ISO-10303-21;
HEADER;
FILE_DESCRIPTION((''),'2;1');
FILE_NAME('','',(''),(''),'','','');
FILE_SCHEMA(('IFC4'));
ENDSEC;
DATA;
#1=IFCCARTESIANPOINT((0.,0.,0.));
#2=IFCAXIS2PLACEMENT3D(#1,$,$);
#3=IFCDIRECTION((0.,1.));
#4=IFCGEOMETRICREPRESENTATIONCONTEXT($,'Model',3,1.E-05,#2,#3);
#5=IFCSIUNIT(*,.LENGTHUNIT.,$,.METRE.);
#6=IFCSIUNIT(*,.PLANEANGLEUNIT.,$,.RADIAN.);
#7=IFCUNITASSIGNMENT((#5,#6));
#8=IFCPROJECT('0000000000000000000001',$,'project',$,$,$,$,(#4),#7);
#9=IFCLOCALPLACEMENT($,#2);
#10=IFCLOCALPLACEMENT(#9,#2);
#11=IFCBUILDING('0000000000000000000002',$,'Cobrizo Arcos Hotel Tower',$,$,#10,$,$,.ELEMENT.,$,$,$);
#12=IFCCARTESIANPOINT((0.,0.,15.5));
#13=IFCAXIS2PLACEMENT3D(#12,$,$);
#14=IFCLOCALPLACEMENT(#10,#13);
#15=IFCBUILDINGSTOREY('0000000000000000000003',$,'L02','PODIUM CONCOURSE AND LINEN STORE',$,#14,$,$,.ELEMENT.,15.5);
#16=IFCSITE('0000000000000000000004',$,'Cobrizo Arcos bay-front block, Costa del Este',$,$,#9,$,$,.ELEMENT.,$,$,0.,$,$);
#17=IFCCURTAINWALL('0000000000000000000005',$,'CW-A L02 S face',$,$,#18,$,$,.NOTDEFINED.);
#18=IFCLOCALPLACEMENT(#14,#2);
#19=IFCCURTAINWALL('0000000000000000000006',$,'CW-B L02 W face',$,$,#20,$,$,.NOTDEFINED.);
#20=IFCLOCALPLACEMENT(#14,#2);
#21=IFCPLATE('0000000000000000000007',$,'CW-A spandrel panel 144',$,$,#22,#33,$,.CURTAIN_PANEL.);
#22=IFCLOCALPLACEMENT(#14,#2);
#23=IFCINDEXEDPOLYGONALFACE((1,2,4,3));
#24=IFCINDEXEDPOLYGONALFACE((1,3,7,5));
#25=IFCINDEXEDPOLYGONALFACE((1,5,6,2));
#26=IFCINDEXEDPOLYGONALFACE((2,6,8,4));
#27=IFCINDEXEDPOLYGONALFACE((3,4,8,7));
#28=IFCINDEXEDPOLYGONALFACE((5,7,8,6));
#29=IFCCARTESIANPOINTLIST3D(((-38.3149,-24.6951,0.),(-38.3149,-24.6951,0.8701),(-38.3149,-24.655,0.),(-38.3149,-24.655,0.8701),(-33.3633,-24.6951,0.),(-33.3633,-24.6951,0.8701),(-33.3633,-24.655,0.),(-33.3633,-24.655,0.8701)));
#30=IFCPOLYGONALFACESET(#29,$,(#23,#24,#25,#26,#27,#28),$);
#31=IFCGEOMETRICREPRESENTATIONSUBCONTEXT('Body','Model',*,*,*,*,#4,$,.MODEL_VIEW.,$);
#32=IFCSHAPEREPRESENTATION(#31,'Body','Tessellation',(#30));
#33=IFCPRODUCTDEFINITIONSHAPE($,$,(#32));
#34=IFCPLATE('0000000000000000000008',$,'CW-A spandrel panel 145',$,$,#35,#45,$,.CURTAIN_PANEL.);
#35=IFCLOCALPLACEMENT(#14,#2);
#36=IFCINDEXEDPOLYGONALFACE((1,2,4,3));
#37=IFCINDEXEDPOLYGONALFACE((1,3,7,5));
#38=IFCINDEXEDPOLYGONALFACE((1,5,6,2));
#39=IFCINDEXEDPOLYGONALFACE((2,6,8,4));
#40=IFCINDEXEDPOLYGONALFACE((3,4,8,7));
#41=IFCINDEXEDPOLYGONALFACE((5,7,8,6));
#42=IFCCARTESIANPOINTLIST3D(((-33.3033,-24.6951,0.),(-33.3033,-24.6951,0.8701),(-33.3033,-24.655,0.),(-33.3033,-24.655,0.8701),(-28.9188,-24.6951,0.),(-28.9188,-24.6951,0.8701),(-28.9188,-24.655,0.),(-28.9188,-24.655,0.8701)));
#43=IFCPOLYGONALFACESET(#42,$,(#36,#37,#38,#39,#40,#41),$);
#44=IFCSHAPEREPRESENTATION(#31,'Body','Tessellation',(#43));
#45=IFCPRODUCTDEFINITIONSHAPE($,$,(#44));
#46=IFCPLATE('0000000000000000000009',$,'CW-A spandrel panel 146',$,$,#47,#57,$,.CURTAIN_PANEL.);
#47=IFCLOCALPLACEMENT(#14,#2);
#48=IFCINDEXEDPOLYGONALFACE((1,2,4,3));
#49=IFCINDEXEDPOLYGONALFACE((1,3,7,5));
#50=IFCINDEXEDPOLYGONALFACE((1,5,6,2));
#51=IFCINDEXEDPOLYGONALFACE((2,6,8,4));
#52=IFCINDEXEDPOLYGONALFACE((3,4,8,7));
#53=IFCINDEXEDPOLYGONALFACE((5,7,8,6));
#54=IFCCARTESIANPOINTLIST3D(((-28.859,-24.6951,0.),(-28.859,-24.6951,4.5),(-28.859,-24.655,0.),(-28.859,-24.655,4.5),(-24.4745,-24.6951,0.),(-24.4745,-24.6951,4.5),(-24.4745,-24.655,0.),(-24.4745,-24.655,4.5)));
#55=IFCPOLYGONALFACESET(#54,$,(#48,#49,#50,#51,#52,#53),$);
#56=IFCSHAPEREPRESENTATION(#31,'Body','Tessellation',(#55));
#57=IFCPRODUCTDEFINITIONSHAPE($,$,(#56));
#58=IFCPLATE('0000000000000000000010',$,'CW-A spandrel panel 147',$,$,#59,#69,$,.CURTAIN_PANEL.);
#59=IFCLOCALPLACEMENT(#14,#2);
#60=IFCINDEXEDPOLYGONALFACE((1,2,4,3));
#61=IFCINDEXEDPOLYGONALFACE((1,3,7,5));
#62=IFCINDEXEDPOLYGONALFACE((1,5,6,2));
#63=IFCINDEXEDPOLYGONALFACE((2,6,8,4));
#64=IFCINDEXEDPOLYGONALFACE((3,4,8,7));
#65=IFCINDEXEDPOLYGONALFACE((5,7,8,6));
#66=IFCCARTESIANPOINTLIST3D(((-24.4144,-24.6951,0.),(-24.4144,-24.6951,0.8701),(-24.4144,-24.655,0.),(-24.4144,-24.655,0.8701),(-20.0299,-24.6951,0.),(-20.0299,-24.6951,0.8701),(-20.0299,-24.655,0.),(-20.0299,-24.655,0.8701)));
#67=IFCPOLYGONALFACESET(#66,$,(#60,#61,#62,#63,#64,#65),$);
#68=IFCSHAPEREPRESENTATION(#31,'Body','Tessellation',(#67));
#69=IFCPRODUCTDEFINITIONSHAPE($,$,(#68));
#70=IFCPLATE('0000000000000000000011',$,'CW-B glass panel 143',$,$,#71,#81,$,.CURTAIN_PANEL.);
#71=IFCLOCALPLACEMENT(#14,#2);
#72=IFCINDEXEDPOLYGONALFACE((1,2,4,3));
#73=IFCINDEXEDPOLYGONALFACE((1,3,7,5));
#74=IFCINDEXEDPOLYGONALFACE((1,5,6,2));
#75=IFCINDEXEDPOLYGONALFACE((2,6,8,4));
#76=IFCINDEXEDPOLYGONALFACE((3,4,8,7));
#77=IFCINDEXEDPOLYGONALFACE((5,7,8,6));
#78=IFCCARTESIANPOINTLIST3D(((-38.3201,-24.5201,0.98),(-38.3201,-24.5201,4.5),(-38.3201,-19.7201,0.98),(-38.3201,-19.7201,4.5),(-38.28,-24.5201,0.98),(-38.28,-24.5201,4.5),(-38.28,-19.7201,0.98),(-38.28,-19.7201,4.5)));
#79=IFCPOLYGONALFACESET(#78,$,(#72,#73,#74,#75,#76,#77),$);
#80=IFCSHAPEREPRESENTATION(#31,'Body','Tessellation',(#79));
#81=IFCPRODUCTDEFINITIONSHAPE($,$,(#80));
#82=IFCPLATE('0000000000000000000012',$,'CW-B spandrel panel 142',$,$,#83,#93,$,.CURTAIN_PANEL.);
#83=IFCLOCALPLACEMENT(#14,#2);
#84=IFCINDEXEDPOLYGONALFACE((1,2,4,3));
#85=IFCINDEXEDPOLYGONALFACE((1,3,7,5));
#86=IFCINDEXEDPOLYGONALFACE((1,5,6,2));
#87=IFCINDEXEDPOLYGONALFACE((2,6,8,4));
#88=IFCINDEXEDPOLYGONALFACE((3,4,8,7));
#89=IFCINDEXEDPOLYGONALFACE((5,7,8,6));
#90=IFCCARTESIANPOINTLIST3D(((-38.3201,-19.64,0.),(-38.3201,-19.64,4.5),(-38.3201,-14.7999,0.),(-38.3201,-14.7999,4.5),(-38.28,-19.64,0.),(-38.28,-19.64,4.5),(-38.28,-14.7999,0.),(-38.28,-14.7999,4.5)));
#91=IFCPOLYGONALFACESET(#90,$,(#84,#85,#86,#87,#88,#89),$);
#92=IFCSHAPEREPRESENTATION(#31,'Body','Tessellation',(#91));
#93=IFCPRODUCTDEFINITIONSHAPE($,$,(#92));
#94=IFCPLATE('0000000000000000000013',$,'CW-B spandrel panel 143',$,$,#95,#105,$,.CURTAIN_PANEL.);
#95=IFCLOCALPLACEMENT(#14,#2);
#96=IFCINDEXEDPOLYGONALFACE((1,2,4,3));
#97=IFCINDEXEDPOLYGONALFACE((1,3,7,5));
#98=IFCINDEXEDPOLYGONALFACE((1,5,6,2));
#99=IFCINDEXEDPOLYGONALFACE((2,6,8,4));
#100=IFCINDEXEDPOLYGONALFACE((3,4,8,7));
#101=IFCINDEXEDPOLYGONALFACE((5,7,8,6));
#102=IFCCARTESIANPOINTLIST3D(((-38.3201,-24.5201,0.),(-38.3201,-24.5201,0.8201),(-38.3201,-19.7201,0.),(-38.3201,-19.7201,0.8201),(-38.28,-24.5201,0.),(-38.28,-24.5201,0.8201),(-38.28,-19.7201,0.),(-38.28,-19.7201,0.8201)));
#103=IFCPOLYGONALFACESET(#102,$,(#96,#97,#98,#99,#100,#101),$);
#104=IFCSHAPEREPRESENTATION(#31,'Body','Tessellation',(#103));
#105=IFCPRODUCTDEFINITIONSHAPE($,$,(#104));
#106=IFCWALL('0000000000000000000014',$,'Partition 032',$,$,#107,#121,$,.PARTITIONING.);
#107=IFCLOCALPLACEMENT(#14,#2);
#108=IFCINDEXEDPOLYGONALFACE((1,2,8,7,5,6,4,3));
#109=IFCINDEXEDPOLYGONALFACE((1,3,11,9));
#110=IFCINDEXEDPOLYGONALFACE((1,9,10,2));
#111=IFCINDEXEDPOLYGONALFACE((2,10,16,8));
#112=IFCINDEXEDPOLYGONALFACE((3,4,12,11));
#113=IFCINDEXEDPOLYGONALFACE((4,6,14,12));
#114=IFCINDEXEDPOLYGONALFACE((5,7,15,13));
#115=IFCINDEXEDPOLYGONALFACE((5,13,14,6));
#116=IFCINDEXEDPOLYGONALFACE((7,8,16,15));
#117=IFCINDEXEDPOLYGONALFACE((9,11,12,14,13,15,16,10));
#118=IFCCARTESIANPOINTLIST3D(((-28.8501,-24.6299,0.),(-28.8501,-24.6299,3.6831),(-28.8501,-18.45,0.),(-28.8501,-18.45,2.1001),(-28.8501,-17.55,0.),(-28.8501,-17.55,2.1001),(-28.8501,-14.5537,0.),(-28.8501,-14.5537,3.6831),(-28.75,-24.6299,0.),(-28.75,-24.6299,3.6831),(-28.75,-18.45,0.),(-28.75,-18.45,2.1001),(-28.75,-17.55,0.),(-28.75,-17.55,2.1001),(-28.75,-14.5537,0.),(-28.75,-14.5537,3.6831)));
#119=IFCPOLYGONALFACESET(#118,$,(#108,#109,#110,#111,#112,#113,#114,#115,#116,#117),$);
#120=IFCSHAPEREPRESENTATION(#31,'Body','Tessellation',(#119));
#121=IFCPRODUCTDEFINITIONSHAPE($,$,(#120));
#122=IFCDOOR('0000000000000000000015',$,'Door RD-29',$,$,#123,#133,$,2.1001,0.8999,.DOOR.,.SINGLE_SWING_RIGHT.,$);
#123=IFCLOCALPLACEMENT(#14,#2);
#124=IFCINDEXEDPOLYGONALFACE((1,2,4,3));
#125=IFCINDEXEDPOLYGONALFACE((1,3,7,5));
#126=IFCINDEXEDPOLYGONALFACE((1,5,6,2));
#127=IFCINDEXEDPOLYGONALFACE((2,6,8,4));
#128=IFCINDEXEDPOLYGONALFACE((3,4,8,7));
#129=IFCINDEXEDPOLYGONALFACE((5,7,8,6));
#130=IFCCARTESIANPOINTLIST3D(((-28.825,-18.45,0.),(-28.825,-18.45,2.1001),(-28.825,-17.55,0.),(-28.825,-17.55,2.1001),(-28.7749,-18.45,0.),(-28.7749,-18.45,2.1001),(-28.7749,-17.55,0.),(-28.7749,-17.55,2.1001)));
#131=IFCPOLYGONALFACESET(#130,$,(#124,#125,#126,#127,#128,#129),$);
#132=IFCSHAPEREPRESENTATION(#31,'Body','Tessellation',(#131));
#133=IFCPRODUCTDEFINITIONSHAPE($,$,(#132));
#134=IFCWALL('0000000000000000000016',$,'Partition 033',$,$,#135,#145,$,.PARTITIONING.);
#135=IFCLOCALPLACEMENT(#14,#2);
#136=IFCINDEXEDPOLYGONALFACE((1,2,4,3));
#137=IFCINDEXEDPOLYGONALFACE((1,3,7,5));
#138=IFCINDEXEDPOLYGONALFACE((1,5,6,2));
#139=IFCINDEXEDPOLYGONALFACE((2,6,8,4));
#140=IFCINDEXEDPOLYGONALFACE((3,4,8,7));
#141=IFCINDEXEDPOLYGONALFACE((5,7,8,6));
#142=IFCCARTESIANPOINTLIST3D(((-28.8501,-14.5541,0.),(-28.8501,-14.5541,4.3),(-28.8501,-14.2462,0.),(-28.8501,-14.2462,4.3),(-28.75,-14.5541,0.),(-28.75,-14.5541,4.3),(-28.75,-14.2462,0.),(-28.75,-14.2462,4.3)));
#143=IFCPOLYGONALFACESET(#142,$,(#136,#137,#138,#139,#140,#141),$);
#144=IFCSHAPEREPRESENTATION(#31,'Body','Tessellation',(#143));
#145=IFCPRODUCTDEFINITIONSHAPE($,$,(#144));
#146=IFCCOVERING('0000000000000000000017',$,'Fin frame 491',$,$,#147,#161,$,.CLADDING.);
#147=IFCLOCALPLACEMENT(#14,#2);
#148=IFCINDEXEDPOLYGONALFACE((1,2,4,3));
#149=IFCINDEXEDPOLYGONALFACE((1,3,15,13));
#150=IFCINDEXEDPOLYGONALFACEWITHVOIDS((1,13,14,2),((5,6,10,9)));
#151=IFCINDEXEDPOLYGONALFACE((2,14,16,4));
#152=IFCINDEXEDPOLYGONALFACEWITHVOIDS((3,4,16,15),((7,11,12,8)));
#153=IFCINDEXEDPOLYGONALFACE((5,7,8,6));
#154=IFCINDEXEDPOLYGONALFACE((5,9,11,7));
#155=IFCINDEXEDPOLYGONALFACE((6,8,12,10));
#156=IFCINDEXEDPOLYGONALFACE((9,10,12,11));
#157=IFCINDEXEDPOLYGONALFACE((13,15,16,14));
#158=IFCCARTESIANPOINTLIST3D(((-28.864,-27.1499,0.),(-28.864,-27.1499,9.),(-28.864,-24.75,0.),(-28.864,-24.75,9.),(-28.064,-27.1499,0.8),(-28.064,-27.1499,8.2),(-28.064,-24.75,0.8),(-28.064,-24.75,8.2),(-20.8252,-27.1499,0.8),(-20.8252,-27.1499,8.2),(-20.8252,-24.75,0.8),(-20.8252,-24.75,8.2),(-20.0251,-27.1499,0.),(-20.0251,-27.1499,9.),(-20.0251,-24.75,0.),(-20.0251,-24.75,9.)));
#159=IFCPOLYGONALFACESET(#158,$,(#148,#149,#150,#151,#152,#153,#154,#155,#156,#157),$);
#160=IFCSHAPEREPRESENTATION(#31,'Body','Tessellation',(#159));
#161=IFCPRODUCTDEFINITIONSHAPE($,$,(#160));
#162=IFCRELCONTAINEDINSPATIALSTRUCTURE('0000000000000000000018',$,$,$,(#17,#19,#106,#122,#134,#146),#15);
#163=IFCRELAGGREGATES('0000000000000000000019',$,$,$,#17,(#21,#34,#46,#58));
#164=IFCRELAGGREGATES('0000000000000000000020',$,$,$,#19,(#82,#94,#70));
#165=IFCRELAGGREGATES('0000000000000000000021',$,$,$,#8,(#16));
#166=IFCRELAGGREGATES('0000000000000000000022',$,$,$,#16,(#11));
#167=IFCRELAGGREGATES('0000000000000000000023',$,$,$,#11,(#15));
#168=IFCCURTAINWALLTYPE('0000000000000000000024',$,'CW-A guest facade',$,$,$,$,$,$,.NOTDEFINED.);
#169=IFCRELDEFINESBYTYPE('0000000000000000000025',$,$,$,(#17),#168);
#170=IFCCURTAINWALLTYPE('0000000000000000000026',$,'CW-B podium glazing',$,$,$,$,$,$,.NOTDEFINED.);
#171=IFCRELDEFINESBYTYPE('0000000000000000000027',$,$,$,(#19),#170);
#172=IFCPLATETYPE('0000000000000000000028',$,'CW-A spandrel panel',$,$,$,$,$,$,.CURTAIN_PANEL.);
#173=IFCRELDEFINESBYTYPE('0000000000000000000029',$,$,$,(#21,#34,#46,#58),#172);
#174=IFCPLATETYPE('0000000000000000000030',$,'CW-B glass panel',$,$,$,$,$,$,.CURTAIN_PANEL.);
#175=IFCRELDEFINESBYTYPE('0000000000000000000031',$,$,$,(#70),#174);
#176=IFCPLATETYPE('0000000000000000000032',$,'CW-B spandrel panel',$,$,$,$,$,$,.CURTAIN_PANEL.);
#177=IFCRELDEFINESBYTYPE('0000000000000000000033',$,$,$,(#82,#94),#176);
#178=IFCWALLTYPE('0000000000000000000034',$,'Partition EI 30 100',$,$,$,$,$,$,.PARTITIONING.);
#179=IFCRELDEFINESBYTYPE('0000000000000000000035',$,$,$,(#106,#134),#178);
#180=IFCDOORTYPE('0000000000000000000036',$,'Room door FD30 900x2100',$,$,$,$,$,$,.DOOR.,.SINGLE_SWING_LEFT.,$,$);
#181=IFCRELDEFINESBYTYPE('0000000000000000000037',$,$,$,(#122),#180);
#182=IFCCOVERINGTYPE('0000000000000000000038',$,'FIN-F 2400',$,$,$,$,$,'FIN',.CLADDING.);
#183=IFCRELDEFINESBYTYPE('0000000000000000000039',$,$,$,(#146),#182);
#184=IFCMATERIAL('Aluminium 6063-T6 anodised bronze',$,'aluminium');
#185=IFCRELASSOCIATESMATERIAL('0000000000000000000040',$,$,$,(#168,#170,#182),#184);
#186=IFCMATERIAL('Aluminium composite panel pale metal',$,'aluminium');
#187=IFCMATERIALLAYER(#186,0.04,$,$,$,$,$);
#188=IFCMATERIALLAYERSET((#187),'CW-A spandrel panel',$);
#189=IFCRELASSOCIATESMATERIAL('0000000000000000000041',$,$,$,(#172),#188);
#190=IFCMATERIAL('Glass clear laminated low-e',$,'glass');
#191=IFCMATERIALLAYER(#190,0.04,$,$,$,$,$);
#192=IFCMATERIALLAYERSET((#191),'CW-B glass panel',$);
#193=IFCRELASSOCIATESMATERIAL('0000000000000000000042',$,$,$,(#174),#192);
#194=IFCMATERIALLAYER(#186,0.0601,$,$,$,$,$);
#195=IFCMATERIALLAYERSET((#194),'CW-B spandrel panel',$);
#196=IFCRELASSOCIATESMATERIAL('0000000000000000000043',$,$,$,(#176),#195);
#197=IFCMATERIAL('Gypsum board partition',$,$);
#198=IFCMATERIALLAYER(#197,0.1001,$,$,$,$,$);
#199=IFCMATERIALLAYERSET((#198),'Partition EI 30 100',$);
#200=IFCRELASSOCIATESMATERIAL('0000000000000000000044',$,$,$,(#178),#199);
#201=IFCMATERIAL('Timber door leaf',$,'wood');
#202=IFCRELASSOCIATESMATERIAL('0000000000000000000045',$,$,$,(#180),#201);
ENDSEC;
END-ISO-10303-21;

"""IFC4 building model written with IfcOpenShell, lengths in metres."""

from ifc_helpers import new_model, si_unit, direction, frame, frame_2d, origin, origin_2d, place, context, subcontext, project, spatial, polyline, rectangle, outline, extrude, material, layer, layer_set, type_object, element, fill, aggregate, save


model = new_model("IFC4")

# Units and contexts
model_context = context("Model", 3, precision=1e-05, world=origin(), true_north=direction((0.0, 1.0)))
body_context = subcontext(model_context, "Body", "Model", "MODEL_VIEW")
ifc_project = project(units=[si_unit("LENGTHUNIT", "METRE"), si_unit("PLANEANGLEUNIT", "RADIAN")], contexts=[model_context])

# Site, building, storey
site_placement = place(None, origin())
site = spatial("IfcSite", under=ifc_project, at=site_placement, Name="Cobrizo Arcos bay-front block, Costa del Este", CompositionType="ELEMENT", RefElevation=0.0)
building_placement = place(site_placement, origin())
building = spatial("IfcBuilding", under=site, at=building_placement, Name="Cobrizo Arcos Hotel Tower", CompositionType="ELEMENT")
storey_placement = place(building_placement, frame((0.0, 0.0, 15.5)))
storey = spatial("IfcBuildingStorey", under=building, at=storey_placement, Name="L02", Description="PODIUM CONCOURSE AND LINEN STORE", CompositionType="ELEMENT", Elevation=15.5)

# Curtain walls
ifc_material_1 = material(Name="Aluminium 6063-T6 anodised bronze", Category="aluminium")
curtain_wall_type_1 = type_object("IfcCurtainWallType", Name="CW-A guest facade", PredefinedType="NOTDEFINED", material=ifc_material_1)
curtain_wall_1_placement = place(storey_placement, origin())
curtain_wall_1 = element("IfcCurtainWall", 1, at=curtain_wall_1_placement, inside=storey, type_object=curtain_wall_type_1, Name="CW-A L02 S face", PredefinedType="NOTDEFINED")
curtain_wall_type_2 = type_object("IfcCurtainWallType", Name="CW-B podium glazing", PredefinedType="NOTDEFINED", material=ifc_material_1)
curtain_wall_2_placement = place(storey_placement, origin())
curtain_wall_2 = element("IfcCurtainWall", 2, at=curtain_wall_2_placement, inside=storey, type_object=curtain_wall_type_2, Name="CW-B L02 W face", PredefinedType="NOTDEFINED")

# Plates
ifc_material_2 = material(Name="Glass clear laminated low-e", Category="glass")
ifc_material_3 = material(Name="Aluminium composite panel pale metal", Category="aluminium")
ifc_layer_1 = layer(ifc_material_3, 0.04)
ifc_layer_set_1 = layer_set([ifc_layer_1], Name="CW-A spandrel panel")
plate_type_1 = type_object("IfcPlateType", Name="CW-A spandrel panel", PredefinedType="CURTAIN_PANEL", material=ifc_layer_set_1)
plate_1_placement = place(storey_placement, frame((-35.8391, -24.675, 0.0), z_axis=(0.0, 0.0, 1.0), x_axis=(1.0, 0.0, 0.0)))
plate_1 = element("IfcPlate", 3, at=plate_1_placement, type_object=plate_type_1, Name="CW-A spandrel panel 144", PredefinedType="CURTAIN_PANEL", context=body_context, shape_type="SweptSolid", body=[
    extrude(rectangle(XDim=4.9517, YDim=0.04, at=origin_2d()), origin(), (0.0, 0.0, 1.0), 0.8701),
])
plate_2_placement = place(storey_placement, frame((-31.1111, -24.675, 0.0), z_axis=(0.0, 0.0, 1.0), x_axis=(1.0, 0.0, 0.0)))
plate_2 = element("IfcPlate", 4, at=plate_2_placement, type_object=plate_type_1, Name="CW-A spandrel panel 145", PredefinedType="CURTAIN_PANEL", context=body_context, shape_type="SweptSolid", body=[
    extrude(rectangle(XDim=4.3845, YDim=0.04, at=origin_2d()), origin(), (0.0, 0.0, 1.0), 0.8701),
])
plate_3_placement = place(storey_placement, frame((-26.6667, -24.675, 0.0), z_axis=(0.0, 0.0, 1.0), x_axis=(1.0, 0.0, 0.0)))
plate_3 = element("IfcPlate", 5, at=plate_3_placement, type_object=plate_type_1, Name="CW-A spandrel panel 146", PredefinedType="CURTAIN_PANEL", context=body_context, shape_type="SweptSolid", body=[
    extrude(rectangle(XDim=4.3845, YDim=0.04, at=origin_2d()), origin(), (0.0, 0.0, 1.0), 4.5),
])
plate_4_placement = place(storey_placement, frame((-22.2222, -24.675, 0.0), z_axis=(0.0, 0.0, 1.0), x_axis=(1.0, 0.0, 0.0)))
plate_4 = element("IfcPlate", 6, at=plate_4_placement, type_object=plate_type_1, Name="CW-A spandrel panel 147", PredefinedType="CURTAIN_PANEL", context=body_context, shape_type="SweptSolid", body=[
    extrude(rectangle(XDim=4.3845, YDim=0.04, at=origin_2d()), origin(), (0.0, 0.0, 1.0), 0.8701),
])
aggregate(curtain_wall_1, [plate_1, plate_2, plate_3, plate_4])
ifc_layer_2 = layer(ifc_material_2, 0.04)
ifc_layer_set_2 = layer_set([ifc_layer_2], Name="CW-B glass panel")
plate_type_2 = type_object("IfcPlateType", Name="CW-B glass panel", PredefinedType="CURTAIN_PANEL", material=ifc_layer_set_2)
plate_5_placement = place(storey_placement, frame((-38.3, -22.1201, 0.98), z_axis=(0.0, 0.0, 1.0), x_axis=(0.0, -1.0, 0.0)))
plate_5 = element("IfcPlate", 7, at=plate_5_placement, type_object=plate_type_2, Name="CW-B glass panel 143", PredefinedType="CURTAIN_PANEL", context=body_context, shape_type="SweptSolid", body=[
    extrude(rectangle(XDim=4.8, YDim=0.04, at=origin_2d()), origin(), (0.0, 0.0, 1.0), 3.52),
])
ifc_layer_3 = layer(ifc_material_3, 0.0601)
ifc_layer_set_3 = layer_set([ifc_layer_3], Name="CW-B spandrel panel")
plate_type_3 = type_object("IfcPlateType", Name="CW-B spandrel panel", PredefinedType="CURTAIN_PANEL", material=ifc_layer_set_3)
plate_6_placement = place(storey_placement, frame((-38.3, -17.22, 0.0), z_axis=(0.0, 0.0, 1.0), x_axis=(0.0, -1.0, 0.0)))
plate_6 = element("IfcPlate", 8, at=plate_6_placement, type_object=plate_type_3, Name="CW-B spandrel panel 142", PredefinedType="CURTAIN_PANEL", context=body_context, shape_type="SweptSolid", body=[
    extrude(rectangle(XDim=4.8401, YDim=0.04, at=origin_2d()), origin(), (0.0, 0.0, 1.0), 4.5),
])
plate_7_placement = place(storey_placement, frame((-38.3, -22.1201, 0.0), z_axis=(0.0, 0.0, 1.0), x_axis=(0.0, -1.0, 0.0)))
plate_7 = element("IfcPlate", 9, at=plate_7_placement, type_object=plate_type_3, Name="CW-B spandrel panel 143", PredefinedType="CURTAIN_PANEL", context=body_context, shape_type="SweptSolid", body=[
    extrude(rectangle(XDim=4.8, YDim=0.04, at=origin_2d()), origin(), (0.0, 0.0, 1.0), 0.8201),
])
aggregate(curtain_wall_2, [plate_6, plate_7, plate_5])

# Wall, opening, door
ifc_material_4 = material(Name="Gypsum board partition")
ifc_layer_4 = layer(ifc_material_4, 0.1001)
ifc_layer_set_4 = layer_set([ifc_layer_4], Name="Partition EI 30 100")
wall_type = type_object("IfcWallType", Name="Partition EI 30 100", PredefinedType="PARTITIONING", material=ifc_layer_set_4)
wall_1_placement = place(storey_placement, frame((-28.8, -24.6299, 0.0), z_axis=(0.0, 0.0, 1.0), x_axis=(0.0, 1.0, 0.0)))
wall_1 = element("IfcWall", 10, at=wall_1_placement, inside=storey, type_object=wall_type, Name="Partition 032", PredefinedType="PARTITIONING", context=body_context, shape_type="SweptSolid", body=[
    extrude(rectangle(XDim=10.0762, YDim=0.1001, at=frame_2d((5.0381, 0.0))), origin(), (0.0, 0.0, 1.0), 3.6831),
])
opening_placement = place(wall_1_placement, frame((6.1799, 0.0, 0.0)))
opening = element("IfcOpeningElement", 11, at=opening_placement, cuts=wall_1, PredefinedType="OPENING", context=body_context, shape_type="SweptSolid", body=[
    extrude(rectangle(XDim=0.8999, YDim=2.1001, at=frame_2d((0.45, 1.05))), frame((0.0, 0.062, 0.0), z_axis=(0.0, -1.0, 0.0), x_axis=(1.0, 0.0, 0.0)), (0.0, 0.0, 1.0), 0.124),
])
ifc_material_5 = material(Name="Timber door leaf", Category="wood")
door_type = type_object("IfcDoorType", Name="Room door FD30 900x2100", OperationType="SINGLE_SWING_LEFT", PredefinedType="DOOR", material=ifc_material_5)
door_placement = place(opening_placement, origin())
door = element("IfcDoor", 12, at=door_placement, inside=storey, type_object=door_type, Name="Door RD-29", OperationType="SINGLE_SWING_RIGHT", OverallHeight=2.1001, OverallWidth=0.8999, PredefinedType="DOOR", context=body_context, shape_type="SweptSolid", body=[
    extrude(rectangle(XDim=0.8999, YDim=2.1001, at=frame_2d((0.45, 1.05))), frame((0.0, 0.0249, 0.0), z_axis=(0.0, -1.0, 0.0), x_axis=(1.0, 0.0, 0.0)), (0.0, 0.0, 1.0), 0.05),
])
fill(opening, door)

# Wall
wall_2_placement = place(storey_placement, frame((-28.8, -14.554, 0.0), z_axis=(0.0, 0.0, 1.0), x_axis=(0.0, 1.0, 0.0)))
element("IfcWall", 13, at=wall_2_placement, inside=storey, type_object=wall_type, Name="Partition 033", PredefinedType="PARTITIONING", context=body_context, shape_type="SweptSolid", body=[
    extrude(rectangle(XDim=0.3079, YDim=0.1001, at=frame_2d((0.1538, 0.0))), origin(), (0.0, 0.0, 1.0), 4.3),
])

# Covering
covering_type = type_object("IfcCoveringType", Name="FIN-F 2400", ElementType="FIN", PredefinedType="CLADDING", material=ifc_material_1)
covering_placement = place(storey_placement, frame((-28.864, -24.75, 0.0), z_axis=(0.0, -1.0, 0.0), x_axis=(1.0, 0.0, 0.0)))
element("IfcCovering", 14, at=covering_placement, inside=storey, type_object=covering_type, Name="Fin frame 491", PredefinedType="CLADDING", context=body_context, shape_type="SweptSolid", body=[
    extrude(outline(polyline([(0.0, 9.0), (0.0, 0.0), (8.8389, 0.0), (8.8389, 9.0), (0.0, 9.0)]), holes=[polyline([(8.0388, 0.8), (0.8, 0.8), (0.8, 8.2), (8.0388, 8.2), (8.0388, 0.8)])]), origin(), (0.0, 0.0, 1.0), 2.3999),
])

save(model, "model.ifc")
